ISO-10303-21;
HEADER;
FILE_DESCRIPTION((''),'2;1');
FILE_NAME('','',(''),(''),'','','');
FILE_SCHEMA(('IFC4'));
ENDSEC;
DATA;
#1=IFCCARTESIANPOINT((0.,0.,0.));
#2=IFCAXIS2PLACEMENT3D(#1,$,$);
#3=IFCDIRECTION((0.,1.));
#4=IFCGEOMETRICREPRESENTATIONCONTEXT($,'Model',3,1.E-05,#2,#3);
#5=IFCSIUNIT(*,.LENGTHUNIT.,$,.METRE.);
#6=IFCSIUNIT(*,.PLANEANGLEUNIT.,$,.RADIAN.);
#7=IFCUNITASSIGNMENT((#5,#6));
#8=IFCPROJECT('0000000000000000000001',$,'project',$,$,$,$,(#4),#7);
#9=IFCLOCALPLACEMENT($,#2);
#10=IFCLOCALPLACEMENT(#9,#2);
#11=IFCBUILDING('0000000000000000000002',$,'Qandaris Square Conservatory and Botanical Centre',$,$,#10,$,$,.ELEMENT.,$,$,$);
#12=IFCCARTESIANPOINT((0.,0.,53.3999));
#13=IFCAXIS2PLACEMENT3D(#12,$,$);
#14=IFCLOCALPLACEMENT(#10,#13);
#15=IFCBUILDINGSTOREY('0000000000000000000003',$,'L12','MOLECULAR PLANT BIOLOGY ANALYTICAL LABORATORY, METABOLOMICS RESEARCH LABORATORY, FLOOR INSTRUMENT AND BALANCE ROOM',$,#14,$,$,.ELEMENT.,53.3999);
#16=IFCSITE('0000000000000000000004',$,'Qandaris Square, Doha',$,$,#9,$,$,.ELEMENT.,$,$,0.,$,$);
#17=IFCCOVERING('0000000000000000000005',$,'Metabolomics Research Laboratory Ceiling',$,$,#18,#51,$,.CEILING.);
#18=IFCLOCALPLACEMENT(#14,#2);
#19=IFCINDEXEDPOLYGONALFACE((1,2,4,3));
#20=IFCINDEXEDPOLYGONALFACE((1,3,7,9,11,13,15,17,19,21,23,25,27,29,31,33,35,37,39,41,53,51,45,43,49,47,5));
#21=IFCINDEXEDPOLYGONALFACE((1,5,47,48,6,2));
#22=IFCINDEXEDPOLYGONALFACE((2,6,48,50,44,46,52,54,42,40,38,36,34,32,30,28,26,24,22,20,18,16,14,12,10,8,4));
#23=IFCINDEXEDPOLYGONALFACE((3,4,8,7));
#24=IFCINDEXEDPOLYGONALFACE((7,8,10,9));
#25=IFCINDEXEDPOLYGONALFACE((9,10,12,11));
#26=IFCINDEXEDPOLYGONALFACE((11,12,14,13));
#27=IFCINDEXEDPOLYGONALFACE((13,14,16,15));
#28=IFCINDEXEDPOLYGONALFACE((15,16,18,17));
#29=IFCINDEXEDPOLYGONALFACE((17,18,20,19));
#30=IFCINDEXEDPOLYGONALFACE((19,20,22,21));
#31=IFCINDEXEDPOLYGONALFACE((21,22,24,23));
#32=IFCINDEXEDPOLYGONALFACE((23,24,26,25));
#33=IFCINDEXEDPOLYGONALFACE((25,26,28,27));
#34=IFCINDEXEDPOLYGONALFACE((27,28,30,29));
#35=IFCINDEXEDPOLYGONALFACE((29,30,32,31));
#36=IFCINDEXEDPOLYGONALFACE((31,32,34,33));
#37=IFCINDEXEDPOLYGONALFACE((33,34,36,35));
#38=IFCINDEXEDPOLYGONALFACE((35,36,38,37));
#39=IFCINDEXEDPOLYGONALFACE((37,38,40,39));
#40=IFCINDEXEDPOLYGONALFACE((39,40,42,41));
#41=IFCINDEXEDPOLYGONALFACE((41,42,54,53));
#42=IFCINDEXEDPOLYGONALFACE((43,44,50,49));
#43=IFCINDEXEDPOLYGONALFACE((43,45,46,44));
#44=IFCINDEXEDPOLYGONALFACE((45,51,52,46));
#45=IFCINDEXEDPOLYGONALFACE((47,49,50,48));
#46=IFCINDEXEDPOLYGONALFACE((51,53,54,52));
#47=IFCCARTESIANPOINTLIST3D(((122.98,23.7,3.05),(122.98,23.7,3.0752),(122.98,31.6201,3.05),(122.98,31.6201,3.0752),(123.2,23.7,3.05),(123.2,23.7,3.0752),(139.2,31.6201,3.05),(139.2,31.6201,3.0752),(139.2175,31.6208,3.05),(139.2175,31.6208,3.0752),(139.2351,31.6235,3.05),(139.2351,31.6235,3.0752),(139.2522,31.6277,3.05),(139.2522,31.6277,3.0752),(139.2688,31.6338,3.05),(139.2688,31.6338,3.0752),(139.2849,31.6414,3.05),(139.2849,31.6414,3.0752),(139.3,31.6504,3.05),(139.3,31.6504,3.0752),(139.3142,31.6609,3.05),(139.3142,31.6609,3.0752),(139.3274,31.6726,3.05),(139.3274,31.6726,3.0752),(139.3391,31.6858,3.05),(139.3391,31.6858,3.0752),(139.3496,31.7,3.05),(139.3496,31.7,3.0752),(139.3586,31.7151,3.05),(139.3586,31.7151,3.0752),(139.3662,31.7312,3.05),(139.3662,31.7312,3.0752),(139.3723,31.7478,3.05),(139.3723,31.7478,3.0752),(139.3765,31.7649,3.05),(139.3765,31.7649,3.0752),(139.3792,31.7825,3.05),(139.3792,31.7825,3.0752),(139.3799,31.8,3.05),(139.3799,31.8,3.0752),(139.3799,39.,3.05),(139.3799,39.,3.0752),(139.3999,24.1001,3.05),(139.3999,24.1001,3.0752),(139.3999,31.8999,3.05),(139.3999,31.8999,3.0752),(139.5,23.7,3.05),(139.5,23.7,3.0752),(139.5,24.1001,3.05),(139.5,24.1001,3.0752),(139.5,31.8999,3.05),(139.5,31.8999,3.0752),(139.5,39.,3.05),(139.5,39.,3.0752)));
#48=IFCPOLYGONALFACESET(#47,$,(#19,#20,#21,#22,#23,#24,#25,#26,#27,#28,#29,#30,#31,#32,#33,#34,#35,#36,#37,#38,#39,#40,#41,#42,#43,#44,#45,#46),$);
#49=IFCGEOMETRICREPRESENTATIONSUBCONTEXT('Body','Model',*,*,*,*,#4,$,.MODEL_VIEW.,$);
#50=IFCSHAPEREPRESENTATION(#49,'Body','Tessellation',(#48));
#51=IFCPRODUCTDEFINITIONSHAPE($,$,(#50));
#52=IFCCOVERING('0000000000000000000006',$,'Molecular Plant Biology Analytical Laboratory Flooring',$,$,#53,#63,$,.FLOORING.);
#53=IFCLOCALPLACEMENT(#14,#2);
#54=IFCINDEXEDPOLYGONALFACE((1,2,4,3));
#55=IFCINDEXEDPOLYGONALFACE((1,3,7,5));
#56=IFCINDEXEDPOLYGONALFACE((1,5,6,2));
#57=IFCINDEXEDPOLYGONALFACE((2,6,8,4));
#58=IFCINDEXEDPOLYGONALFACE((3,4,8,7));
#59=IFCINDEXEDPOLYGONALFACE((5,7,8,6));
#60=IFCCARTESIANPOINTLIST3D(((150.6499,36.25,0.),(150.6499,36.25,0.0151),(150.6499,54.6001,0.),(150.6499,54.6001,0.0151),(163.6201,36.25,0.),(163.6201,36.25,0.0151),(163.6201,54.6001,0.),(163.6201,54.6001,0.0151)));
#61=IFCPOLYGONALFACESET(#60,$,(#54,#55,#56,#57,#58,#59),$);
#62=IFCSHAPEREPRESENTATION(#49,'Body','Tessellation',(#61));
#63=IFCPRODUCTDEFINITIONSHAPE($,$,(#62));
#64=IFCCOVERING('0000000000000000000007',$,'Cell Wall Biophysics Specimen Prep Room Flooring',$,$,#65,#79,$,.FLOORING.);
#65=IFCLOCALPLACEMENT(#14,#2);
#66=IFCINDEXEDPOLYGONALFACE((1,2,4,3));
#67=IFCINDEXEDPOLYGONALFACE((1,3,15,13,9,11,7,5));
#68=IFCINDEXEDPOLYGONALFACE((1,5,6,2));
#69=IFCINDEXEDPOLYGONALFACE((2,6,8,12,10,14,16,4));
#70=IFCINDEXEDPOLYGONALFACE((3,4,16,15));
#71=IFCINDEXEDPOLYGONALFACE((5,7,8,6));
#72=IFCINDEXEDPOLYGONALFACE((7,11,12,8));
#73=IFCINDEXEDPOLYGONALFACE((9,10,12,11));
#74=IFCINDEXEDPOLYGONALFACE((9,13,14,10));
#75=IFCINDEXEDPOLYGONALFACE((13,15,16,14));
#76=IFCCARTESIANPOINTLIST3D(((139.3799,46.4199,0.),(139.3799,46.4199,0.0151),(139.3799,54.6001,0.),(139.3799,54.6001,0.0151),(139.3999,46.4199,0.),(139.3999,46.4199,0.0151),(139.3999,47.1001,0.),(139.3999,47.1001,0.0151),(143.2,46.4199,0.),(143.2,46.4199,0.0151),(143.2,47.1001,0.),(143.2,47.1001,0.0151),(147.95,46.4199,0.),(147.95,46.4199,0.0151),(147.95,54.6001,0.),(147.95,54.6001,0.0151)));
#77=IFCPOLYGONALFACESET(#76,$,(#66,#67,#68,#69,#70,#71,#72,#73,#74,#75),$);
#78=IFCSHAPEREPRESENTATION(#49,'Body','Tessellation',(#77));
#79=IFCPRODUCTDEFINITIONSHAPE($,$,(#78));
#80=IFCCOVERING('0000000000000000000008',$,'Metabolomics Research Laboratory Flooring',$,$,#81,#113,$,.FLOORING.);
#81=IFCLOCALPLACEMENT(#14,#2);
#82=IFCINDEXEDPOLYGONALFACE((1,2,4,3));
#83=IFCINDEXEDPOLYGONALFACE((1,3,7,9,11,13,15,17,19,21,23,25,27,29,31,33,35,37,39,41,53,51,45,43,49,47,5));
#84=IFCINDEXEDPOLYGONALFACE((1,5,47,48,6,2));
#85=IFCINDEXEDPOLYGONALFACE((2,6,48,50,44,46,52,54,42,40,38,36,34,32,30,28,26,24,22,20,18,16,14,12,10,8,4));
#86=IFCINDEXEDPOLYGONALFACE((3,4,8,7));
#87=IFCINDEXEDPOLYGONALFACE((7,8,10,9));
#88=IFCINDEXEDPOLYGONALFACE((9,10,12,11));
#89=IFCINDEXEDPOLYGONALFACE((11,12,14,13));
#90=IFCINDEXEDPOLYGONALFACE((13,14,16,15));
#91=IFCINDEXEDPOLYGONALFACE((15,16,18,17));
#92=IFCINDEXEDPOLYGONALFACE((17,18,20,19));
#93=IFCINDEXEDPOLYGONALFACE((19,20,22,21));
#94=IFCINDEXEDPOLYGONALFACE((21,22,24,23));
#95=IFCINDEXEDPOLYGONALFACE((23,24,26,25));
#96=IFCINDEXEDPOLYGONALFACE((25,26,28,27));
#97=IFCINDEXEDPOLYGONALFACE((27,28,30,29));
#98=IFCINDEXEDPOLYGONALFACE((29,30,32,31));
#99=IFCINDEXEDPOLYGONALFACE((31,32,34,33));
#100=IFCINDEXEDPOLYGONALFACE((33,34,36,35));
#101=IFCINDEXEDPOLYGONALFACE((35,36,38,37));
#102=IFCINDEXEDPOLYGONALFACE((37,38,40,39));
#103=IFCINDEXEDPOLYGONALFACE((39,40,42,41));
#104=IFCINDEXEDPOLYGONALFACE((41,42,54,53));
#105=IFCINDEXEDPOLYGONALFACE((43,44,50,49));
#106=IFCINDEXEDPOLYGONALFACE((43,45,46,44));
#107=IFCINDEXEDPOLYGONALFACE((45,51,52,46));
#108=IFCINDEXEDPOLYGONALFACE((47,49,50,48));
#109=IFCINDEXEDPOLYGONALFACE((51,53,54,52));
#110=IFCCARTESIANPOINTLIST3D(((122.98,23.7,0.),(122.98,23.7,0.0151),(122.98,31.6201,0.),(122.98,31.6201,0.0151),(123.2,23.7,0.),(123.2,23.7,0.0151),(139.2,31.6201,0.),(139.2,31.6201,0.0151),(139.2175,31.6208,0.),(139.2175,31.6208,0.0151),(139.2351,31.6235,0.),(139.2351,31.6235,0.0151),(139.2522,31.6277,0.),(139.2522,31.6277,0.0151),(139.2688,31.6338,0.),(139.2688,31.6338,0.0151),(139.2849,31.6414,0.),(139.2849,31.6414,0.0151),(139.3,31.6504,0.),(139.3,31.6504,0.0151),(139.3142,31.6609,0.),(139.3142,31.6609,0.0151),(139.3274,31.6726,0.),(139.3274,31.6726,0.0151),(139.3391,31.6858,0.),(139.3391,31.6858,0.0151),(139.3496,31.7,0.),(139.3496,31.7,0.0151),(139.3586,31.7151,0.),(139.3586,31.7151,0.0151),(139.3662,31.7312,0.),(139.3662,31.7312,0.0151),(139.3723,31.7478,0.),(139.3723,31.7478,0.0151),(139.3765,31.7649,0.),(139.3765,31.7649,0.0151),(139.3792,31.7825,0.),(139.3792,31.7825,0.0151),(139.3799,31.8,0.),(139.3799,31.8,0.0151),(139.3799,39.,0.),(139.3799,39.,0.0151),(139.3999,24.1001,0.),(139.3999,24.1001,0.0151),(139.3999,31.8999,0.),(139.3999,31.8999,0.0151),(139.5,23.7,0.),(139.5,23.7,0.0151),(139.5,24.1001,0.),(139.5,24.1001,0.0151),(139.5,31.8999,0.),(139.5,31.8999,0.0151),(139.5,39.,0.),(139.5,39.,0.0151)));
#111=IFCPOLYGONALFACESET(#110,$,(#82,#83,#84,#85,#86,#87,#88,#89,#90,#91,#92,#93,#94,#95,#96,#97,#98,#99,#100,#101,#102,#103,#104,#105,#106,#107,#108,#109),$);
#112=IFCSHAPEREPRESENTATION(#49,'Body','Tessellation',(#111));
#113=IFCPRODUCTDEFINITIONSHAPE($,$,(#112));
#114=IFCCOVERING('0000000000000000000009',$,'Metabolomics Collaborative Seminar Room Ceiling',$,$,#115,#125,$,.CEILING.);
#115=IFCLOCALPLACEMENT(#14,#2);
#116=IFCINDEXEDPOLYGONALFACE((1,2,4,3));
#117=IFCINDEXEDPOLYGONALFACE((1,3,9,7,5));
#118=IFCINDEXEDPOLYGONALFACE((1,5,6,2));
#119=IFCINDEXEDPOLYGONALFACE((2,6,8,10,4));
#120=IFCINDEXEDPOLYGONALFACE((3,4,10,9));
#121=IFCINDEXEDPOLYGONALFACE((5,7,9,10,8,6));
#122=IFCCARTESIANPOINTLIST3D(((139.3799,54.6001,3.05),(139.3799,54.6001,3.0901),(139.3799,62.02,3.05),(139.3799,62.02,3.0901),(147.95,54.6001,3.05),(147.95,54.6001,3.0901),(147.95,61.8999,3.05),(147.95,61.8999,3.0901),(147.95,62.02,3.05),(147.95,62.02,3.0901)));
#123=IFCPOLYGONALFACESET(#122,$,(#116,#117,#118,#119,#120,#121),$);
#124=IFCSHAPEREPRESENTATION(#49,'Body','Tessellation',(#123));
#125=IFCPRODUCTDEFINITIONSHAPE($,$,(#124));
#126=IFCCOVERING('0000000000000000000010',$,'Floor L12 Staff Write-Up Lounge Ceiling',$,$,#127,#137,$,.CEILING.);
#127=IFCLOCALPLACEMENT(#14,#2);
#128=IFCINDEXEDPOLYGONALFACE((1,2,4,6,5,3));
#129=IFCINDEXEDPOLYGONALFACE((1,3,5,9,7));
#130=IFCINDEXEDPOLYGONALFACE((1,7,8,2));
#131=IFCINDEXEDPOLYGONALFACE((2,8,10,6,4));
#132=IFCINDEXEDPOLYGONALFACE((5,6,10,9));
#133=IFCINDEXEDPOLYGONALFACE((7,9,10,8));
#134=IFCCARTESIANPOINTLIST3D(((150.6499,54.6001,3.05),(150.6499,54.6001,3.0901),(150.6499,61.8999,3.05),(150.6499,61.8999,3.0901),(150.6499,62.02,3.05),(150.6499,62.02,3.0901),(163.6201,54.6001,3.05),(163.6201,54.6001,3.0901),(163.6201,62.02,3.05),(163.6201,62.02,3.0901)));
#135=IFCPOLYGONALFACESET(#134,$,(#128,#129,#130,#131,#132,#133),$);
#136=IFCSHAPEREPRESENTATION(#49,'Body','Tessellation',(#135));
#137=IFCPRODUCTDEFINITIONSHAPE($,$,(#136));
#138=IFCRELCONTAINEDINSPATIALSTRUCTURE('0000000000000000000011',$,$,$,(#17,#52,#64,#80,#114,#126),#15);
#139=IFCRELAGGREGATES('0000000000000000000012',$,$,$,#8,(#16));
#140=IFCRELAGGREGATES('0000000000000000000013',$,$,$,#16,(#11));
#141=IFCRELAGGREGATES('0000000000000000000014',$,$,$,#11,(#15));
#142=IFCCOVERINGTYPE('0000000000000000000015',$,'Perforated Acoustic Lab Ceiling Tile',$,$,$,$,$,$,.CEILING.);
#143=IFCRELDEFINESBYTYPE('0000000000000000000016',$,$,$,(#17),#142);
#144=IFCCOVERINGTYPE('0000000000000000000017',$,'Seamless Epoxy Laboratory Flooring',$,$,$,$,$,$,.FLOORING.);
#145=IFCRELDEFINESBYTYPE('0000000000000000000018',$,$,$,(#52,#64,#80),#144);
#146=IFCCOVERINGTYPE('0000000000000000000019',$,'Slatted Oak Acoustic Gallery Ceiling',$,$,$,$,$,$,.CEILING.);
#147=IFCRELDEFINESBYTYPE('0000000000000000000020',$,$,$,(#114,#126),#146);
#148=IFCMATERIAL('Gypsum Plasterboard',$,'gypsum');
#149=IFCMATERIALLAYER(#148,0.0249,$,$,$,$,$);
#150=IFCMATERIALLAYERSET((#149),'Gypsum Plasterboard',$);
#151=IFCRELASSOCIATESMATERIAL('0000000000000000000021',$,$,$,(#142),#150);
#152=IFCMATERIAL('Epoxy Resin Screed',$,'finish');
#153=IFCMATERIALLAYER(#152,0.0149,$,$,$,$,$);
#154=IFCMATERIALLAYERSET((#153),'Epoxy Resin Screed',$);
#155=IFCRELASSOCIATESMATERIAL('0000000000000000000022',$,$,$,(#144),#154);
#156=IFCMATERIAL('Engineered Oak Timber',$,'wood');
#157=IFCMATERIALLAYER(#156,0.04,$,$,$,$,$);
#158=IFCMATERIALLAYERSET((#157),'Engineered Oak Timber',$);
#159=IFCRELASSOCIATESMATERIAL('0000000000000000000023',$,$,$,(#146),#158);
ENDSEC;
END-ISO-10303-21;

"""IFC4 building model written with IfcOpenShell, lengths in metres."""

from ifc_helpers import new_model, si_unit, direction, frame, origin, place, context, subcontext, project, spatial, polyline, outline, extrude, material, layer, layer_set, type_object, element, save


model = new_model("IFC4")

# Units and contexts
model_context = context("Model", 3, precision=1e-05, world=origin(), true_north=direction((0.0, 1.0)))
body_context = subcontext(model_context, "Body", "Model", "MODEL_VIEW")
ifc_project = project(units=[si_unit("LENGTHUNIT", "METRE"), si_unit("PLANEANGLEUNIT", "RADIAN")], contexts=[model_context])

# Site, building, storey
site_placement = place(None, origin())
site = spatial("IfcSite", under=ifc_project, at=site_placement, Name="Qandaris Square, Doha", CompositionType="ELEMENT", RefElevation=0.0)
building_placement = place(site_placement, origin())
building = spatial("IfcBuilding", under=site, at=building_placement, Name="Qandaris Square Conservatory and Botanical Centre", CompositionType="ELEMENT")
storey_placement = place(building_placement, frame((0.0, 0.0, 53.3999)))
storey = spatial("IfcBuildingStorey", under=building, at=storey_placement, Name="L12", Description="MOLECULAR PLANT BIOLOGY ANALYTICAL LABORATORY, METABOLOMICS RESEARCH LABORATORY, FLOOR INSTRUMENT AND BALANCE ROOM", CompositionType="ELEMENT", Elevation=53.3999)

# Shared definitions
ifc_material_1 = material(Name="Gypsum Plasterboard", Category="gypsum")
ifc_material_2 = material(Name="Engineered Oak Timber", Category="wood")

# Coverings
ifc_layer_1 = layer(ifc_material_1, 0.0249)
ifc_layer_set_1 = layer_set([ifc_layer_1], Name="Gypsum Plasterboard")
covering_type_1 = type_object("IfcCoveringType", Name="Perforated Acoustic Lab Ceiling Tile", PredefinedType="CEILING", material=ifc_layer_set_1)
covering_1_placement = place(storey_placement, frame((0.0, 0.0, 3.05)))
element("IfcCovering", 1, at=covering_1_placement, inside=storey, type_object=covering_type_1, Name="Metabolomics Research Laboratory Ceiling", PredefinedType="CEILING", context=body_context, shape_type="SweptSolid", body=[
    extrude(outline(polyline([(139.2351, 31.6235), (139.2522, 31.6277), (139.2688, 31.6338), (139.2849, 31.6414), (139.3, 31.6504), (139.3142, 31.6609), (139.3274, 31.6726), (139.3391, 31.6858), (139.3496, 31.7), (139.3586, 31.7151), (139.3662, 31.7312), (139.3723, 31.7478), (139.3765, 31.7649), (139.3792, 31.7825), (139.3799, 31.8), (139.3799, 39.0), (139.5, 39.0), (139.5, 31.8999), (139.3999, 31.8999), (139.3999, 24.1001), (139.5, 24.1001), (139.5, 23.7), (123.2, 23.7), (122.98, 23.7), (122.98, 31.6201), (139.2, 31.6201), (139.2175, 31.6208), (139.2351, 31.6235)])), origin(), (0.0, 0.0, 1.0), 0.0251),
])
ifc_material_3 = material(Name="Epoxy Resin Screed", Category="finish")
ifc_layer_2 = layer(ifc_material_3, 0.0149)
ifc_layer_set_2 = layer_set([ifc_layer_2], Name="Epoxy Resin Screed")
covering_type_2 = type_object("IfcCoveringType", Name="Seamless Epoxy Laboratory Flooring", PredefinedType="FLOORING", material=ifc_layer_set_2)
covering_2_placement = place(storey_placement, origin())
element("IfcCovering", 2, at=covering_2_placement, inside=storey, type_object=covering_type_2, Name="Molecular Plant Biology Analytical Laboratory Flooring", PredefinedType="FLOORING", context=body_context, shape_type="SweptSolid", body=[
    extrude(outline(polyline([(150.6499, 54.6001), (163.6201, 54.6001), (163.6201, 36.25), (150.6499, 36.25), (150.6499, 54.6001)])), origin(), (0.0, 0.0, 1.0), 0.0151),
])
covering_3_placement = place(storey_placement, origin())
element("IfcCovering", 3, at=covering_3_placement, inside=storey, type_object=covering_type_2, Name="Cell Wall Biophysics Specimen Prep Room Flooring", PredefinedType="FLOORING", context=body_context, shape_type="SweptSolid", body=[
    extrude(outline(polyline([(147.95, 46.4199), (143.2, 46.4199), (143.2, 47.1001), (139.3999, 47.1001), (139.3999, 46.4199), (139.3799, 46.4199), (139.3799, 54.6001), (147.95, 54.6001), (147.95, 46.4199)])), origin(), (0.0, 0.0, 1.0), 0.0151),
])
covering_4_placement = place(storey_placement, origin())
element("IfcCovering", 4, at=covering_4_placement, inside=storey, type_object=covering_type_2, Name="Metabolomics Research Laboratory Flooring", PredefinedType="FLOORING", context=body_context, shape_type="SweptSolid", body=[
    extrude(outline(polyline([(139.2351, 31.6235), (139.2522, 31.6277), (139.2688, 31.6338), (139.2849, 31.6414), (139.3, 31.6504), (139.3142, 31.6609), (139.3274, 31.6726), (139.3391, 31.6858), (139.3496, 31.7), (139.3586, 31.7151), (139.3662, 31.7312), (139.3723, 31.7478), (139.3765, 31.7649), (139.3792, 31.7825), (139.3799, 31.8), (139.3799, 39.0), (139.5, 39.0), (139.5, 31.8999), (139.3999, 31.8999), (139.3999, 24.1001), (139.5, 24.1001), (139.5, 23.7), (123.2, 23.7), (122.98, 23.7), (122.98, 31.6201), (139.2, 31.6201), (139.2175, 31.6208), (139.2351, 31.6235)])), origin(), (0.0, 0.0, 1.0), 0.0151),
])
ifc_layer_3 = layer(ifc_material_2, 0.04)
ifc_layer_set_3 = layer_set([ifc_layer_3], Name="Engineered Oak Timber")
covering_type_3 = type_object("IfcCoveringType", Name="Slatted Oak Acoustic Gallery Ceiling", PredefinedType="CEILING", material=ifc_layer_set_3)
covering_5_placement = place(storey_placement, frame((0.0, 0.0, 3.05)))
element("IfcCovering", 5, at=covering_5_placement, inside=storey, type_object=covering_type_3, Name="Metabolomics Collaborative Seminar Room Ceiling", PredefinedType="CEILING", context=body_context, shape_type="SweptSolid", body=[
    extrude(outline(polyline([(147.95, 61.8999), (147.95, 54.6001), (139.3799, 54.6001), (139.3799, 62.02), (147.95, 62.02), (147.95, 61.8999)])), origin(), (0.0, 0.0, 1.0), 0.04),
])
covering_6_placement = place(storey_placement, frame((0.0, 0.0, 3.05)))
element("IfcCovering", 6, at=covering_6_placement, inside=storey, type_object=covering_type_3, Name="Floor L12 Staff Write-Up Lounge Ceiling", PredefinedType="CEILING", context=body_context, shape_type="SweptSolid", body=[
    extrude(outline(polyline([(150.6499, 54.6001), (150.6499, 61.8999), (150.6499, 62.02), (163.6201, 62.02), (163.6201, 54.6001), (150.6499, 54.6001)])), origin(), (0.0, 0.0, 1.0), 0.04),
])

save(model, "model.ifc")
